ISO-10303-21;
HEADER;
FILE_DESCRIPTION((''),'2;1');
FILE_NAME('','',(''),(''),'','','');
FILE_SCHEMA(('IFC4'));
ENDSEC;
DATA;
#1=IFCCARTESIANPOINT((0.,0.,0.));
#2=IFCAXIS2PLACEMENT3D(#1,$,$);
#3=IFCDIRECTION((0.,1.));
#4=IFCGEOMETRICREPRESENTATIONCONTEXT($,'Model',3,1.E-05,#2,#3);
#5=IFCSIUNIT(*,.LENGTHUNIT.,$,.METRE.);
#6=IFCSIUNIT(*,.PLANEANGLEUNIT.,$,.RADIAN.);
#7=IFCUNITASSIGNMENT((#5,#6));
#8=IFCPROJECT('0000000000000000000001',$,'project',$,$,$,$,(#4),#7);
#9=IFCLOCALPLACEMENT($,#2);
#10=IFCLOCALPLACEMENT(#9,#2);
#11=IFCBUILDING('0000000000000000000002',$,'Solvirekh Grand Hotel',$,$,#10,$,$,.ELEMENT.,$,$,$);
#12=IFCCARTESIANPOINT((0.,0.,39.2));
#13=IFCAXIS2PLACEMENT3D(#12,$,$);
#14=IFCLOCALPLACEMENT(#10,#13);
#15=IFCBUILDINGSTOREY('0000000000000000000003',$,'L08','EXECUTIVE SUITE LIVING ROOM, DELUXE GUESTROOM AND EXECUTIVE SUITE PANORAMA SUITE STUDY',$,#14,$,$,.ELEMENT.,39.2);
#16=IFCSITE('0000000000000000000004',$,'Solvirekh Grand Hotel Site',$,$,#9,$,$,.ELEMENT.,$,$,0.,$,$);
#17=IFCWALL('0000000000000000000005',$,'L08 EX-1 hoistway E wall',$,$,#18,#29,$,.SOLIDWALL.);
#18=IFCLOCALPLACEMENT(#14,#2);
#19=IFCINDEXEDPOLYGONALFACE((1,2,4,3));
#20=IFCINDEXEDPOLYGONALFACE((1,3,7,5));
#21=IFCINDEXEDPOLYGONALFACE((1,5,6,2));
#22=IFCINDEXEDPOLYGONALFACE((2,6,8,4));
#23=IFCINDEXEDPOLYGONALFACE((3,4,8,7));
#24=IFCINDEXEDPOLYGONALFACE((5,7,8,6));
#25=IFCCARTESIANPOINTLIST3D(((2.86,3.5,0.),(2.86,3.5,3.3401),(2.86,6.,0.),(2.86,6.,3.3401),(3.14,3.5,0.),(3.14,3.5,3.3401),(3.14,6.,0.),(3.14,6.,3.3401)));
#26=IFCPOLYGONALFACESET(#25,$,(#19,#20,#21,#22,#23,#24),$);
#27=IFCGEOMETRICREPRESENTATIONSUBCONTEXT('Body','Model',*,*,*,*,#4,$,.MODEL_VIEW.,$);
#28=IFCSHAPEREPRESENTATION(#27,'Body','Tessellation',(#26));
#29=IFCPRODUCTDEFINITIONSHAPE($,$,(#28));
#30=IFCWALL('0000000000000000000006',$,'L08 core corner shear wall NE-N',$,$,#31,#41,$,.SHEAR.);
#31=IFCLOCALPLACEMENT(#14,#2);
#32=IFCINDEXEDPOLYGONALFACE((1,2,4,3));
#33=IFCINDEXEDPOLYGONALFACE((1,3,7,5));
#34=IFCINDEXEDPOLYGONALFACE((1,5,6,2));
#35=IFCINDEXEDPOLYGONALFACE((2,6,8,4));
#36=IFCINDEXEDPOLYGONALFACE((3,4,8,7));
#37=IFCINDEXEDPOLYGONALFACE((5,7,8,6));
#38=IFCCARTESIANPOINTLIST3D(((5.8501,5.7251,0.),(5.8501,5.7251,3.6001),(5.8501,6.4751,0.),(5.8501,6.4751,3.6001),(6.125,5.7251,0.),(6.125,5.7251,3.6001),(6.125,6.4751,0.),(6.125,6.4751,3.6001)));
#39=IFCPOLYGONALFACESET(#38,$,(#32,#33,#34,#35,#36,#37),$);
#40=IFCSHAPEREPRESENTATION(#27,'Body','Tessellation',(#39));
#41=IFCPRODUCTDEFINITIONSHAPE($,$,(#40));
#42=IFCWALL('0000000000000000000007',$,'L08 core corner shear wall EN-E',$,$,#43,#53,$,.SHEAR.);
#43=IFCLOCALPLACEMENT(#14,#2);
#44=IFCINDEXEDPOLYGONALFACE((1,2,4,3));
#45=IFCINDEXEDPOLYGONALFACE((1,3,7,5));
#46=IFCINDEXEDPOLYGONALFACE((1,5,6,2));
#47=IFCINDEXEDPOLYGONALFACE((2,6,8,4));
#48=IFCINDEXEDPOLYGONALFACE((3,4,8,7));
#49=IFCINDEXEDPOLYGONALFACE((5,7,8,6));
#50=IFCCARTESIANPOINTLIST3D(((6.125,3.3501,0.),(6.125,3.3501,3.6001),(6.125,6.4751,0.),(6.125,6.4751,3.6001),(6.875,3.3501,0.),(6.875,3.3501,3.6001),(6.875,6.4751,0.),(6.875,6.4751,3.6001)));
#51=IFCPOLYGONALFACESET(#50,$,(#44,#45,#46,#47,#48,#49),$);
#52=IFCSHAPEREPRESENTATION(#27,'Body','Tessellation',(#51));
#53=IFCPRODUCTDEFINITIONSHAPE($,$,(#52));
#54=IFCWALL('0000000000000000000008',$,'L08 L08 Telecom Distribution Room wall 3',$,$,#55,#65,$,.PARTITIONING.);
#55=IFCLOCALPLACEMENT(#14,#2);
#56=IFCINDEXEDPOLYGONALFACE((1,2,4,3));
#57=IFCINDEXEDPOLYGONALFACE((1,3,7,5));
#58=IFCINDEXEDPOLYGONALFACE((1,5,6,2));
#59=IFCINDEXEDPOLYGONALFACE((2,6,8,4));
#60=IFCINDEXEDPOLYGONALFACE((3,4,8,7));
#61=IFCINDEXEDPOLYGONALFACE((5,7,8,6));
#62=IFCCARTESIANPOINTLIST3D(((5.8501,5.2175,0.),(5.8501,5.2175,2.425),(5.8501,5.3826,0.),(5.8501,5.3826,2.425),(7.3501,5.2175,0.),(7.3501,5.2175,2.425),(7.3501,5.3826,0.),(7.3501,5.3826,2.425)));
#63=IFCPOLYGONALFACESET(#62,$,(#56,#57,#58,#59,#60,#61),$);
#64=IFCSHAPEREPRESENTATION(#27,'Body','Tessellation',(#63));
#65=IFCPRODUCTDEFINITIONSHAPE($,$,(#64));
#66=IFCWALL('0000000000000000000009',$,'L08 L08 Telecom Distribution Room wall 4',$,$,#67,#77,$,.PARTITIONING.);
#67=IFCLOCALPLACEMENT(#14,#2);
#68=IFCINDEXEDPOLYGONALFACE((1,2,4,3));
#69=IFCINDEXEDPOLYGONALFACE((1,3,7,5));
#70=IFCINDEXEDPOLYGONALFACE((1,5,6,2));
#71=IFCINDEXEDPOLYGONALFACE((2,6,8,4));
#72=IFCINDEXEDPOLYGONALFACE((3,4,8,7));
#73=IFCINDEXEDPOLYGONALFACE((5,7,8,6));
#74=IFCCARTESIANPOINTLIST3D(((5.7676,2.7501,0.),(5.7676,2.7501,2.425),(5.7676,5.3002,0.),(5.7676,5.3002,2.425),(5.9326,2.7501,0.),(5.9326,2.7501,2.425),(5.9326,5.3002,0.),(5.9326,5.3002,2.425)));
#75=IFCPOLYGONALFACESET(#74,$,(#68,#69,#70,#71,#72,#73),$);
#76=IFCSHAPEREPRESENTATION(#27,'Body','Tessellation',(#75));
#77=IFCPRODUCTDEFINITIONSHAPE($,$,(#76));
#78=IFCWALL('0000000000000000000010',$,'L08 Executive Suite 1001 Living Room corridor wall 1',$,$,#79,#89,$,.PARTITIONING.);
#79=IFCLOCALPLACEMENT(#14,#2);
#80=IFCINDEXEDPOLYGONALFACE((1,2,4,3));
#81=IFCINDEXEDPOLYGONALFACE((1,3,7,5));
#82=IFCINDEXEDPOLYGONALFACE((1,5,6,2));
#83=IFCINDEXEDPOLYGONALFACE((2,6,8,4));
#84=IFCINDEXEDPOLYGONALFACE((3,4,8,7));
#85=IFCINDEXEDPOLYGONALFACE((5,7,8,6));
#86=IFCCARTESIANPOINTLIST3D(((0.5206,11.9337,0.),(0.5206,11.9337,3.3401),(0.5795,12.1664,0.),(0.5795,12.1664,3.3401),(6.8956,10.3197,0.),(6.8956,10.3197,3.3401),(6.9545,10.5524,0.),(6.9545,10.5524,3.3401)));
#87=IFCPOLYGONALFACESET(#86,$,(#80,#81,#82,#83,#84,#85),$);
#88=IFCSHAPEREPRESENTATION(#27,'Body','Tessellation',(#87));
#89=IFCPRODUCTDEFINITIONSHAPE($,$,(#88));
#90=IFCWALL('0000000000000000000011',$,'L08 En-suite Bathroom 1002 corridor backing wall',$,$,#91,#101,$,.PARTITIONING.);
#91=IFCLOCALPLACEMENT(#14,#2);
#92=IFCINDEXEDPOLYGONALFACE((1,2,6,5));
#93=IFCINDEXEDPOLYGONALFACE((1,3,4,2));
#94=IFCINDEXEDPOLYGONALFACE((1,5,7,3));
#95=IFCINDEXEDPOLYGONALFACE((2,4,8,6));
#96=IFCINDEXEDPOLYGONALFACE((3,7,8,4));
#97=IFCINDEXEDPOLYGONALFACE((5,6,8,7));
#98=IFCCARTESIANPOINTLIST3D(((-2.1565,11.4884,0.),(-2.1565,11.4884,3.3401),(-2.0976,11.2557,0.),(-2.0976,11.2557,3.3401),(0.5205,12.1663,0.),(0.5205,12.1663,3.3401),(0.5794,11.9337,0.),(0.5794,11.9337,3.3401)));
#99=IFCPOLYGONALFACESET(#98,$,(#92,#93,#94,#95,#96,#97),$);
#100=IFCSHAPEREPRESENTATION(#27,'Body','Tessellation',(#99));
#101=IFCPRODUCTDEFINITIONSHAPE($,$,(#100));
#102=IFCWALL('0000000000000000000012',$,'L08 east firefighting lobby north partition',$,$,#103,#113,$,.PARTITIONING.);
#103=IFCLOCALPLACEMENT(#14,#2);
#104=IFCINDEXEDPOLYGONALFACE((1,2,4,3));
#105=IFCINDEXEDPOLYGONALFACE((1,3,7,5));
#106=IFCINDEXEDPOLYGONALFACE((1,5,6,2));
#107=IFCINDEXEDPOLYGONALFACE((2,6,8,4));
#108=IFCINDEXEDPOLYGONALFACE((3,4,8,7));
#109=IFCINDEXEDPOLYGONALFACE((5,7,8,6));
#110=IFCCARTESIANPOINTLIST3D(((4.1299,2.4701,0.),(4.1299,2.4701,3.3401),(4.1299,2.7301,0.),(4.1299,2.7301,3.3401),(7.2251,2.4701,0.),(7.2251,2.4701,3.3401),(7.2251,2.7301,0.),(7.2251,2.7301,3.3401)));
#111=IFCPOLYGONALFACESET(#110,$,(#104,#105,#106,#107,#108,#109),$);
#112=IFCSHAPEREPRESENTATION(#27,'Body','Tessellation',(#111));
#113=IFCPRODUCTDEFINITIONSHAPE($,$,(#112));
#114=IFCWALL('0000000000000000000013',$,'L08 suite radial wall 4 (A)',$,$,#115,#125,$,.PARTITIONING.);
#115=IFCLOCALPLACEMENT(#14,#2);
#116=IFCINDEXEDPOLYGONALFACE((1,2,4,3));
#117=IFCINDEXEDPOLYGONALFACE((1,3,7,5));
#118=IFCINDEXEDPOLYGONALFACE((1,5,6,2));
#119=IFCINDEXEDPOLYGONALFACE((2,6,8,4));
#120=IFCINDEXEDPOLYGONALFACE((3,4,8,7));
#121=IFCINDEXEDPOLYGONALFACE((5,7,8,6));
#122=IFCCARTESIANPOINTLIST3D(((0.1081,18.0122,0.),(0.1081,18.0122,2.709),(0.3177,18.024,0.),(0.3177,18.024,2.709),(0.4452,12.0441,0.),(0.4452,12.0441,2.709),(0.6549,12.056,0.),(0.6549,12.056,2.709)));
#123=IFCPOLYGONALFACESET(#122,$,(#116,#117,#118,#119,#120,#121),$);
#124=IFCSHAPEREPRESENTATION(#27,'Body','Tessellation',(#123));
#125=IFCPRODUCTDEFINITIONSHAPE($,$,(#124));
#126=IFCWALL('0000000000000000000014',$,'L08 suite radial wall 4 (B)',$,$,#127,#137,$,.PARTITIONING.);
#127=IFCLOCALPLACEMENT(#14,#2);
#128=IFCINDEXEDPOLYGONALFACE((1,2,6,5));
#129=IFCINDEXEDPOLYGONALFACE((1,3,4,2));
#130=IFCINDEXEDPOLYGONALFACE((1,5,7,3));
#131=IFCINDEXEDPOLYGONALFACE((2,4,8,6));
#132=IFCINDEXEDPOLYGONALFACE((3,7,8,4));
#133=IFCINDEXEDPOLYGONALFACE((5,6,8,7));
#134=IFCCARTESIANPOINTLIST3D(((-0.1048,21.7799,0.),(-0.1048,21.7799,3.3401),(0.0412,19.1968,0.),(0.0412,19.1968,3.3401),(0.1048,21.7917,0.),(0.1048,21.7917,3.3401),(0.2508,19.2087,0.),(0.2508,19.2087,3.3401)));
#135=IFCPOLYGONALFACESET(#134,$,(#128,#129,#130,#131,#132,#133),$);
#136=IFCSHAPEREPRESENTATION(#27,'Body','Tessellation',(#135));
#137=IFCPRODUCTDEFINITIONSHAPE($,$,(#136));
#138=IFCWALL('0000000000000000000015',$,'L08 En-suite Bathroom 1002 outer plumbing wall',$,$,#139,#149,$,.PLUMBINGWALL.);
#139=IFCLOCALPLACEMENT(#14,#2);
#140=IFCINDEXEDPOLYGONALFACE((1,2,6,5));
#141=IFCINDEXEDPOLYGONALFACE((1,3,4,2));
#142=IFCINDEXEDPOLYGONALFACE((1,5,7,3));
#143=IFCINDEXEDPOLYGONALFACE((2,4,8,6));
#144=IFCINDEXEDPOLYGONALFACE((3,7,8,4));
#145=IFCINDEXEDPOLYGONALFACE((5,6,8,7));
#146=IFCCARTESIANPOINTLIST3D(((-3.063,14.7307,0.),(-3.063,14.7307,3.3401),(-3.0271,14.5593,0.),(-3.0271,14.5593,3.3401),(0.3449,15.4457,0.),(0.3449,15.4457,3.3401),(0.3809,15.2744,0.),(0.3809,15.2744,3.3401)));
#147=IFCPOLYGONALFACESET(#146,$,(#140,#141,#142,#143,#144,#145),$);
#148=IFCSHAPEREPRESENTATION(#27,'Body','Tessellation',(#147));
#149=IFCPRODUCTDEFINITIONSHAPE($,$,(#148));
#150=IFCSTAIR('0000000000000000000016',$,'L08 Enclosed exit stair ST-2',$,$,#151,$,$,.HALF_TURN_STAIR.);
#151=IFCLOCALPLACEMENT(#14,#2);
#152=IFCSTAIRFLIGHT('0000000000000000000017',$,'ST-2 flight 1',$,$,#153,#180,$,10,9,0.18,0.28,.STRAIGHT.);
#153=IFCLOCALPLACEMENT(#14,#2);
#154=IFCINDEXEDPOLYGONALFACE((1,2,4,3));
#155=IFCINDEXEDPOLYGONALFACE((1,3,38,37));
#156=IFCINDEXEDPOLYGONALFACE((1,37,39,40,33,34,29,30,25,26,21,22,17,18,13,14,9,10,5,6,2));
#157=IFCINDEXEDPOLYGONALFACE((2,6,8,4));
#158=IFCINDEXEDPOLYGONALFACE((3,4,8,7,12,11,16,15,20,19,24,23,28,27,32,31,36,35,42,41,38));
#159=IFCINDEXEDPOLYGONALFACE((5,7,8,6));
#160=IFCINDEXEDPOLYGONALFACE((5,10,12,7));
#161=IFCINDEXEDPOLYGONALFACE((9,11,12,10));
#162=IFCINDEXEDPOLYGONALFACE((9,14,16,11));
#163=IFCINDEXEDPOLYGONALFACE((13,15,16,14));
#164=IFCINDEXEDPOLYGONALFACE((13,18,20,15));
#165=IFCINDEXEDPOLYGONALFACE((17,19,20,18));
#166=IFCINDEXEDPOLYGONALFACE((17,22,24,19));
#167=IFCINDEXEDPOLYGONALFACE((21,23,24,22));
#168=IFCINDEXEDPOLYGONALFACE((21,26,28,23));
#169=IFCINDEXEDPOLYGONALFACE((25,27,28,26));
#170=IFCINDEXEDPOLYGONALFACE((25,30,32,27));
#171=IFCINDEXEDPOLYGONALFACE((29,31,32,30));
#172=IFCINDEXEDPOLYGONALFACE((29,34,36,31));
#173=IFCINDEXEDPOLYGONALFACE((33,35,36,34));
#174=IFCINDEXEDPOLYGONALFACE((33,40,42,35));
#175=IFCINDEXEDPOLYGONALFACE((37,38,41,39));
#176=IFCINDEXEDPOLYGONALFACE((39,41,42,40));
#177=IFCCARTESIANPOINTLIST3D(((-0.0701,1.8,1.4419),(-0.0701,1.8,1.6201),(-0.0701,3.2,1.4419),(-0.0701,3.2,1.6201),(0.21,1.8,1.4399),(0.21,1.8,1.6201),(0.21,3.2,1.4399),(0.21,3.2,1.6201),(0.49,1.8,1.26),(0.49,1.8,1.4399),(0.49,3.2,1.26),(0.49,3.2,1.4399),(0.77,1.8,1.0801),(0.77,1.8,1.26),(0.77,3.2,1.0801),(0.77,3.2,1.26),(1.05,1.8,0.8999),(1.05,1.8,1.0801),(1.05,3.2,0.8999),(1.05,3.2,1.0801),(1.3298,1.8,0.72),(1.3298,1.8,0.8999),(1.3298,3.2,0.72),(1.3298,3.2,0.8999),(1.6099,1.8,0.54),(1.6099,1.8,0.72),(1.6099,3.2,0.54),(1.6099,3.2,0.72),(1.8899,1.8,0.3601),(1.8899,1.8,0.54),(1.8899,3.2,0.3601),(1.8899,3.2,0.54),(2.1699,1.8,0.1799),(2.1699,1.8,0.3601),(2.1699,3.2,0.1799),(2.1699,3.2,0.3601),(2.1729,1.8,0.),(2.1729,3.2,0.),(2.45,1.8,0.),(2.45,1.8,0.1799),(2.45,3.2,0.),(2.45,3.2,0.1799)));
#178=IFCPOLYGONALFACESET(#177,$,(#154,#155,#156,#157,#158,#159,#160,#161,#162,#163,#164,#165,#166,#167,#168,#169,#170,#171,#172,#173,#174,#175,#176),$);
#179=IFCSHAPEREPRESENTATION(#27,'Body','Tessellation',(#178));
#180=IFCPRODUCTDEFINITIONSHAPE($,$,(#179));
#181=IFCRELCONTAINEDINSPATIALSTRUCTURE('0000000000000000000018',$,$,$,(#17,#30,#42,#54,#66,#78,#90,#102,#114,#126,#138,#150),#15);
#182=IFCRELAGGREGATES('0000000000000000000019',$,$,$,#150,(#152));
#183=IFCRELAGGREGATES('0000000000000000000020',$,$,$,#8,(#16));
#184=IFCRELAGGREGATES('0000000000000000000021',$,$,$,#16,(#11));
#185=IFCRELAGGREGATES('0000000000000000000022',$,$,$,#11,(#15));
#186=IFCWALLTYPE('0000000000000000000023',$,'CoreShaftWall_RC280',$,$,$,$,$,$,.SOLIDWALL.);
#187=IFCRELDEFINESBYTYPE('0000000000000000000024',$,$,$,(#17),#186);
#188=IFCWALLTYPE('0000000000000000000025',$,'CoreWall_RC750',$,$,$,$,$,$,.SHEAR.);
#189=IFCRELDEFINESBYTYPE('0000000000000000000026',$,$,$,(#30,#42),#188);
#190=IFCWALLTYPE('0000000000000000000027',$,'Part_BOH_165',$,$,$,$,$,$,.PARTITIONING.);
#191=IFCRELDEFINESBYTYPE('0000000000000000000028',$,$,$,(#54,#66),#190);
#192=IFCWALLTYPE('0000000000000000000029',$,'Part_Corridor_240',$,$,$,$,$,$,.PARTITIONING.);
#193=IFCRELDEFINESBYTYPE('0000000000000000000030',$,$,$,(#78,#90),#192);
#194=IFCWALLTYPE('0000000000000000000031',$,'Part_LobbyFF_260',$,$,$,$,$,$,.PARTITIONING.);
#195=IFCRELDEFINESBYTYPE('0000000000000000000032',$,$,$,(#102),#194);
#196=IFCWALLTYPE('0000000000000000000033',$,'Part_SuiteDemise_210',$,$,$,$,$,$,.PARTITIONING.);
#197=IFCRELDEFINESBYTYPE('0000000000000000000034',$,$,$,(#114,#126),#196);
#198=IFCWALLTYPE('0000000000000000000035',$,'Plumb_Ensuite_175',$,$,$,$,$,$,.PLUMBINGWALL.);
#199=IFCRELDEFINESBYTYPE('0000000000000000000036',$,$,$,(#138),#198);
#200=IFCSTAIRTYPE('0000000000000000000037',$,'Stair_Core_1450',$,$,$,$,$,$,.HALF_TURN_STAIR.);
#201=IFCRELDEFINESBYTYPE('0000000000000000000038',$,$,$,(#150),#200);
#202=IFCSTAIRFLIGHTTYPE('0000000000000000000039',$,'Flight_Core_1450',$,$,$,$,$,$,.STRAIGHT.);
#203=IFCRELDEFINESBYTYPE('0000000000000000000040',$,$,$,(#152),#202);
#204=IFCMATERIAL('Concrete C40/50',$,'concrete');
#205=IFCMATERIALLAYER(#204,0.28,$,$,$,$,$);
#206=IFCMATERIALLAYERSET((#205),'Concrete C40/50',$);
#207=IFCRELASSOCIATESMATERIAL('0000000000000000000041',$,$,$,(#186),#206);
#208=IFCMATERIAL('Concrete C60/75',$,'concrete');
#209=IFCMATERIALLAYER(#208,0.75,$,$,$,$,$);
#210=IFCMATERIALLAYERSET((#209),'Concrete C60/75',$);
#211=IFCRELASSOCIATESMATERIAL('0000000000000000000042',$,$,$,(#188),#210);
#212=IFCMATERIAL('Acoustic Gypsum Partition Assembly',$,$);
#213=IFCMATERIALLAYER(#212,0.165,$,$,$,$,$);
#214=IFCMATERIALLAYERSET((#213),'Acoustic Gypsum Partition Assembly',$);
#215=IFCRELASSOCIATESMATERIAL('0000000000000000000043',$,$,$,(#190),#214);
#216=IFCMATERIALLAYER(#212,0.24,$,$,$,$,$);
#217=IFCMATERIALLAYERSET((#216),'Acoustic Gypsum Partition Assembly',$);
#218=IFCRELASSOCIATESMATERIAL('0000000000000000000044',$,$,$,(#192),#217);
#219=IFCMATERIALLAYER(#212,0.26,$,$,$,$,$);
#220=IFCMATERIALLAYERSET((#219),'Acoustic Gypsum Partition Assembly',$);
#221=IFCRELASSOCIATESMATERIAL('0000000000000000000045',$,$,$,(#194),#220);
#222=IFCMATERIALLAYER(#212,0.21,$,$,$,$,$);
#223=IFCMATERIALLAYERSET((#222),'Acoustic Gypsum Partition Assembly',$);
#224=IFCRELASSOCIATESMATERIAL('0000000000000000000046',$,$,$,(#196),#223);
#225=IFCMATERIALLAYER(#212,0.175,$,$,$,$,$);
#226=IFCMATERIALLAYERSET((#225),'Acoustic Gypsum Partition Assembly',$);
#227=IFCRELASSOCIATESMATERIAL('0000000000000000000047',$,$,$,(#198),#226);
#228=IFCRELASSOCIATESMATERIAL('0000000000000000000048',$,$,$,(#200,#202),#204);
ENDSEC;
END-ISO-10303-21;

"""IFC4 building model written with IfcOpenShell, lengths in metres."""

from ifc_helpers import new_model, si_unit, direction, frame, frame_2d, origin, place, context, subcontext, project, spatial, polyline, rectangle, outline, extrude, material, layer, layer_set, type_object, element, aggregate, save


model = new_model("IFC4")

# Units and contexts
model_context = context("Model", 3, precision=1e-05, world=origin(), true_north=direction((0.0, 1.0)))
body_context = subcontext(model_context, "Body", "Model", "MODEL_VIEW")
ifc_project = project(units=[si_unit("LENGTHUNIT", "METRE"), si_unit("PLANEANGLEUNIT", "RADIAN")], contexts=[model_context])

# Site, building, storey
site_placement = place(None, origin())
site = spatial("IfcSite", under=ifc_project, at=site_placement, Name="Solvirekh Grand Hotel Site", CompositionType="ELEMENT", RefElevation=0.0)
building_placement = place(site_placement, origin())
building = spatial("IfcBuilding", under=site, at=building_placement, Name="Solvirekh Grand Hotel", CompositionType="ELEMENT")
storey_placement = place(building_placement, frame((0.0, 0.0, 39.2)))
storey = spatial("IfcBuildingStorey", under=building, at=storey_placement, Name="L08", Description="EXECUTIVE SUITE LIVING ROOM, DELUXE GUESTROOM AND EXECUTIVE SUITE PANORAMA SUITE STUDY", CompositionType="ELEMENT", Elevation=39.2)

# Shared definitions
ifc_material_1 = material(Name="Concrete C60/75", Category="concrete")

# Walls
ifc_material_2 = material(Name="Concrete C40/50", Category="concrete")
ifc_layer_1 = layer(ifc_material_2, 0.28)
ifc_layer_set_1 = layer_set([ifc_layer_1], Name="Concrete C40/50")
wall_type_1 = type_object("IfcWallType", Name="CoreShaftWall_RC280", PredefinedType="SOLIDWALL", material=ifc_layer_set_1)
wall_1_placement = place(storey_placement, frame((3.0, 3.5, 0.0), z_axis=(0.0, 0.0, 1.0), x_axis=(0.0, 1.0, 0.0)))
element("IfcWall", 1, at=wall_1_placement, inside=storey, type_object=wall_type_1, Name="L08 EX-1 hoistway E wall", PredefinedType="SOLIDWALL", context=body_context, shape_type="SweptSolid", body=[
    extrude(rectangle(XDim=2.5, YDim=0.28, at=frame_2d((1.25, 0.0))), origin(), (0.0, 0.0, 1.0), 3.3401),
])
ifc_layer_2 = layer(ifc_material_1, 0.75)
ifc_layer_set_2 = layer_set([ifc_layer_2], Name="Concrete C60/75")
wall_type_2 = type_object("IfcWallType", Name="CoreWall_RC750", PredefinedType="SHEAR", material=ifc_layer_set_2)
wall_2_placement = place(storey_placement, frame((5.8501, 6.1001, 0.0), z_axis=(0.0, 0.0, 1.0), x_axis=(1.0, 0.0, 0.0)))
element("IfcWall", 2, at=wall_2_placement, inside=storey, type_object=wall_type_2, Name="L08 core corner shear wall NE-N", PredefinedType="SHEAR", context=body_context, shape_type="SweptSolid", body=[
    extrude(rectangle(XDim=0.2749, YDim=0.75, at=frame_2d((0.1375, 0.0))), origin(), (0.0, 0.0, 1.0), 3.6001),
])
wall_3_placement = place(storey_placement, frame((6.5, 3.3501, 0.0), z_axis=(0.0, 0.0, 1.0), x_axis=(0.0, 1.0, 0.0)))
element("IfcWall", 3, at=wall_3_placement, inside=storey, type_object=wall_type_2, Name="L08 core corner shear wall EN-E", PredefinedType="SHEAR", context=body_context, shape_type="SweptSolid", body=[
    extrude(rectangle(XDim=3.125, YDim=0.75, at=frame_2d((1.5625, 0.0))), origin(), (0.0, 0.0, 1.0), 3.6001),
])

# Shared definitions
ifc_material_3 = material(Name="Acoustic Gypsum Partition Assembly")
ifc_layer_3 = layer(ifc_material_3, 0.165)
ifc_layer_set_3 = layer_set([ifc_layer_3], Name="Acoustic Gypsum Partition Assembly")
wall_type_3 = type_object("IfcWallType", Name="Part_BOH_165", PredefinedType="PARTITIONING", material=ifc_layer_set_3)

# Walls
wall_4_placement = place(storey_placement, frame((7.3501, 5.3, 0.0), z_axis=(0.0, 0.0, 1.0), x_axis=(-1.0, 0.0, 0.0)))
element("IfcWall", 4, at=wall_4_placement, inside=storey, type_object=wall_type_3, Name="L08 L08 Telecom Distribution Room wall 3", PredefinedType="PARTITIONING", context=body_context, shape_type="SweptSolid", body=[
    extrude(rectangle(XDim=1.5, YDim=0.165, at=frame_2d((0.75, 0.0))), origin(), (0.0, 0.0, 1.0), 2.425),
])
wall_5_placement = place(storey_placement, frame((5.8501, 5.3, 0.0), z_axis=(0.0, 0.0, 1.0), x_axis=(0.0, -1.0, 0.0)))
element("IfcWall", 5, at=wall_5_placement, inside=storey, type_object=wall_type_3, Name="L08 L08 Telecom Distribution Room wall 4", PredefinedType="PARTITIONING", context=body_context, shape_type="SweptSolid", body=[
    extrude(rectangle(XDim=2.55, YDim=0.165, at=frame_2d((1.2749, 0.0))), origin(), (0.0, 0.0, 1.0), 2.425),
])
ifc_layer_4 = layer(ifc_material_3, 0.24)
ifc_layer_set_4 = layer_set([ifc_layer_4], Name="Acoustic Gypsum Partition Assembly")
wall_type_4 = type_object("IfcWallType", Name="Part_Corridor_240", PredefinedType="PARTITIONING", material=ifc_layer_set_4)
wall_6_placement = place(storey_placement, frame((6.925, 10.436, 0.0), z_axis=(0.0, 0.0, 1.0), x_axis=(-0.969413, 0.245435, 0.0)))
element("IfcWall", 6, at=wall_6_placement, inside=storey, type_object=wall_type_4, Name="L08 Executive Suite 1001 Living Room corridor wall 1", PredefinedType="PARTITIONING", context=body_context, shape_type="SweptSolid", body=[
    extrude(rectangle(XDim=6.5762, YDim=0.24, at=frame_2d((3.2881, 0.0))), origin(), (0.0, 0.0, 1.0), 3.3401),
])
wall_7_placement = place(storey_placement, frame((0.55, 12.05, 0.0), z_axis=(0.0, 0.0, 1.0), x_axis=(-0.969394, -0.245509, 0.0)))
element("IfcWall", 7, at=wall_7_placement, inside=storey, type_object=wall_type_4, Name="L08 En-suite Bathroom 1002 corridor backing wall", PredefinedType="PARTITIONING", context=body_context, shape_type="SweptSolid", body=[
    extrude(rectangle(XDim=2.7615, YDim=0.24, at=frame_2d((1.3809, 0.0))), origin(), (0.0, 0.0, 1.0), 3.3401),
])
ifc_layer_5 = layer(ifc_material_3, 0.26)
ifc_layer_set_5 = layer_set([ifc_layer_5], Name="Acoustic Gypsum Partition Assembly")
wall_type_5 = type_object("IfcWallType", Name="Part_LobbyFF_260", PredefinedType="PARTITIONING", material=ifc_layer_set_5)
wall_8_placement = place(storey_placement, frame((4.1299, 2.6001, 0.0), z_axis=(0.0, 0.0, 1.0), x_axis=(1.0, 0.0, 0.0)))
element("IfcWall", 8, at=wall_8_placement, inside=storey, type_object=wall_type_5, Name="L08 east firefighting lobby north partition", PredefinedType="PARTITIONING", context=body_context, shape_type="SweptSolid", body=[
    extrude(rectangle(XDim=3.0952, YDim=0.26, at=frame_2d((1.5476, 0.0))), origin(), (0.0, 0.0, 1.0), 3.3401),
])
ifc_layer_6 = layer(ifc_material_3, 0.21)
ifc_layer_set_6 = layer_set([ifc_layer_6], Name="Acoustic Gypsum Partition Assembly")
wall_type_6 = type_object("IfcWallType", Name="Part_SuiteDemise_210", PredefinedType="PARTITIONING", material=ifc_layer_set_6)
wall_9_placement = place(storey_placement, frame((0.55, 12.05, 0.0), z_axis=(0.0, 0.0, 1.0), x_axis=(-0.056404, 0.998408, 0.0)))
element("IfcWall", 9, at=wall_9_placement, inside=storey, type_object=wall_type_6, Name="L08 suite radial wall 4 (A)", PredefinedType="PARTITIONING", context=body_context, shape_type="SweptSolid", body=[
    extrude(rectangle(XDim=5.9775, YDim=0.21, at=frame_2d((2.9888, 0.0))), origin(), (0.0, 0.0, 1.0), 2.709),
])
wall_10_placement = place(storey_placement, frame((0.146, 19.2029, 0.0), z_axis=(0.0, 0.0, 1.0), x_axis=(-0.056432, 0.998406, 0.0)))
element("IfcWall", 10, at=wall_10_placement, inside=storey, type_object=wall_type_6, Name="L08 suite radial wall 4 (B)", PredefinedType="PARTITIONING", context=body_context, shape_type="SweptSolid", body=[
    extrude(rectangle(XDim=2.5872, YDim=0.21, at=frame_2d((1.2935, 0.0))), origin(), (0.0, 0.0, 1.0), 3.3401),
])
ifc_layer_7 = layer(ifc_material_3, 0.175)
ifc_layer_set_7 = layer_set([ifc_layer_7], Name="Acoustic Gypsum Partition Assembly")
wall_type_7 = type_object("IfcWallType", Name="Plumb_Ensuite_175", PredefinedType="PLUMBINGWALL", material=ifc_layer_set_7)
wall_11_placement = place(storey_placement, frame((0.363, 15.3601, 0.0), z_axis=(0.0, 0.0, 1.0), x_axis=(-0.978687, -0.205357, 0.0)))
element("IfcWall", 11, at=wall_11_placement, inside=storey, type_object=wall_type_7, Name="L08 En-suite Bathroom 1002 outer plumbing wall", PredefinedType="PLUMBINGWALL", context=body_context, shape_type="SweptSolid", body=[
    extrude(rectangle(XDim=3.4822, YDim=0.175, at=frame_2d((1.7412, 0.0))), origin(), (0.0, 0.0, 1.0), 3.3401),
])

# Stair, stair flight
stair_type = type_object("IfcStairType", Name="Stair_Core_1450", PredefinedType="HALF_TURN_STAIR", material=ifc_material_2)
stair_placement = place(storey_placement, origin())
stair = element("IfcStair", 12, at=stair_placement, inside=storey, type_object=stair_type, Name="L08 Enclosed exit stair ST-2", PredefinedType="HALF_TURN_STAIR")
stair_flight_type = type_object("IfcStairFlightType", Name="Flight_Core_1450", PredefinedType="STRAIGHT", material=ifc_material_2)
stair_flight_placement = place(storey_placement, frame((2.45, 2.5, 0.0), z_axis=(0.0, 0.0, 1.0), x_axis=(-1.0, 0.0, 0.0)))
stair_flight = element("IfcStairFlight", 13, at=stair_flight_placement, type_object=stair_flight_type, Name="ST-2 flight 1", NumberOfRisers=10, NumberOfTreads=9, PredefinedType="STRAIGHT", RiserHeight=0.18, TreadLength=0.28, context=body_context, shape_type="SweptSolid", body=[
    extrude(outline(polyline([(0.0, 0.0), (0.0, 0.1799), (0.28, 0.1799), (0.28, 0.3601), (0.5601, 0.3601), (0.5601, 0.54), (0.8401, 0.54), (0.8401, 0.72), (1.1201, 0.72), (1.1201, 0.8999), (1.3999, 0.8999), (1.3999, 1.0801), (1.6799, 1.0801), (1.6799, 1.26), (1.96, 1.26), (1.96, 1.4399), (2.24, 1.4399), (2.24, 1.6201), (2.52, 1.6201), (2.52, 1.8), (2.52, 1.4419), (0.2771, 0.0), (0.0, 0.0)])), frame((0.0, 0.7, 0.0), z_axis=(0.0, -1.0, 0.0), x_axis=(1.0, 0.0, 0.0)), (0.0, 0.0, 1.0), 1.3999),
])
aggregate(stair, [stair_flight])

save(model, "model.ifc")
